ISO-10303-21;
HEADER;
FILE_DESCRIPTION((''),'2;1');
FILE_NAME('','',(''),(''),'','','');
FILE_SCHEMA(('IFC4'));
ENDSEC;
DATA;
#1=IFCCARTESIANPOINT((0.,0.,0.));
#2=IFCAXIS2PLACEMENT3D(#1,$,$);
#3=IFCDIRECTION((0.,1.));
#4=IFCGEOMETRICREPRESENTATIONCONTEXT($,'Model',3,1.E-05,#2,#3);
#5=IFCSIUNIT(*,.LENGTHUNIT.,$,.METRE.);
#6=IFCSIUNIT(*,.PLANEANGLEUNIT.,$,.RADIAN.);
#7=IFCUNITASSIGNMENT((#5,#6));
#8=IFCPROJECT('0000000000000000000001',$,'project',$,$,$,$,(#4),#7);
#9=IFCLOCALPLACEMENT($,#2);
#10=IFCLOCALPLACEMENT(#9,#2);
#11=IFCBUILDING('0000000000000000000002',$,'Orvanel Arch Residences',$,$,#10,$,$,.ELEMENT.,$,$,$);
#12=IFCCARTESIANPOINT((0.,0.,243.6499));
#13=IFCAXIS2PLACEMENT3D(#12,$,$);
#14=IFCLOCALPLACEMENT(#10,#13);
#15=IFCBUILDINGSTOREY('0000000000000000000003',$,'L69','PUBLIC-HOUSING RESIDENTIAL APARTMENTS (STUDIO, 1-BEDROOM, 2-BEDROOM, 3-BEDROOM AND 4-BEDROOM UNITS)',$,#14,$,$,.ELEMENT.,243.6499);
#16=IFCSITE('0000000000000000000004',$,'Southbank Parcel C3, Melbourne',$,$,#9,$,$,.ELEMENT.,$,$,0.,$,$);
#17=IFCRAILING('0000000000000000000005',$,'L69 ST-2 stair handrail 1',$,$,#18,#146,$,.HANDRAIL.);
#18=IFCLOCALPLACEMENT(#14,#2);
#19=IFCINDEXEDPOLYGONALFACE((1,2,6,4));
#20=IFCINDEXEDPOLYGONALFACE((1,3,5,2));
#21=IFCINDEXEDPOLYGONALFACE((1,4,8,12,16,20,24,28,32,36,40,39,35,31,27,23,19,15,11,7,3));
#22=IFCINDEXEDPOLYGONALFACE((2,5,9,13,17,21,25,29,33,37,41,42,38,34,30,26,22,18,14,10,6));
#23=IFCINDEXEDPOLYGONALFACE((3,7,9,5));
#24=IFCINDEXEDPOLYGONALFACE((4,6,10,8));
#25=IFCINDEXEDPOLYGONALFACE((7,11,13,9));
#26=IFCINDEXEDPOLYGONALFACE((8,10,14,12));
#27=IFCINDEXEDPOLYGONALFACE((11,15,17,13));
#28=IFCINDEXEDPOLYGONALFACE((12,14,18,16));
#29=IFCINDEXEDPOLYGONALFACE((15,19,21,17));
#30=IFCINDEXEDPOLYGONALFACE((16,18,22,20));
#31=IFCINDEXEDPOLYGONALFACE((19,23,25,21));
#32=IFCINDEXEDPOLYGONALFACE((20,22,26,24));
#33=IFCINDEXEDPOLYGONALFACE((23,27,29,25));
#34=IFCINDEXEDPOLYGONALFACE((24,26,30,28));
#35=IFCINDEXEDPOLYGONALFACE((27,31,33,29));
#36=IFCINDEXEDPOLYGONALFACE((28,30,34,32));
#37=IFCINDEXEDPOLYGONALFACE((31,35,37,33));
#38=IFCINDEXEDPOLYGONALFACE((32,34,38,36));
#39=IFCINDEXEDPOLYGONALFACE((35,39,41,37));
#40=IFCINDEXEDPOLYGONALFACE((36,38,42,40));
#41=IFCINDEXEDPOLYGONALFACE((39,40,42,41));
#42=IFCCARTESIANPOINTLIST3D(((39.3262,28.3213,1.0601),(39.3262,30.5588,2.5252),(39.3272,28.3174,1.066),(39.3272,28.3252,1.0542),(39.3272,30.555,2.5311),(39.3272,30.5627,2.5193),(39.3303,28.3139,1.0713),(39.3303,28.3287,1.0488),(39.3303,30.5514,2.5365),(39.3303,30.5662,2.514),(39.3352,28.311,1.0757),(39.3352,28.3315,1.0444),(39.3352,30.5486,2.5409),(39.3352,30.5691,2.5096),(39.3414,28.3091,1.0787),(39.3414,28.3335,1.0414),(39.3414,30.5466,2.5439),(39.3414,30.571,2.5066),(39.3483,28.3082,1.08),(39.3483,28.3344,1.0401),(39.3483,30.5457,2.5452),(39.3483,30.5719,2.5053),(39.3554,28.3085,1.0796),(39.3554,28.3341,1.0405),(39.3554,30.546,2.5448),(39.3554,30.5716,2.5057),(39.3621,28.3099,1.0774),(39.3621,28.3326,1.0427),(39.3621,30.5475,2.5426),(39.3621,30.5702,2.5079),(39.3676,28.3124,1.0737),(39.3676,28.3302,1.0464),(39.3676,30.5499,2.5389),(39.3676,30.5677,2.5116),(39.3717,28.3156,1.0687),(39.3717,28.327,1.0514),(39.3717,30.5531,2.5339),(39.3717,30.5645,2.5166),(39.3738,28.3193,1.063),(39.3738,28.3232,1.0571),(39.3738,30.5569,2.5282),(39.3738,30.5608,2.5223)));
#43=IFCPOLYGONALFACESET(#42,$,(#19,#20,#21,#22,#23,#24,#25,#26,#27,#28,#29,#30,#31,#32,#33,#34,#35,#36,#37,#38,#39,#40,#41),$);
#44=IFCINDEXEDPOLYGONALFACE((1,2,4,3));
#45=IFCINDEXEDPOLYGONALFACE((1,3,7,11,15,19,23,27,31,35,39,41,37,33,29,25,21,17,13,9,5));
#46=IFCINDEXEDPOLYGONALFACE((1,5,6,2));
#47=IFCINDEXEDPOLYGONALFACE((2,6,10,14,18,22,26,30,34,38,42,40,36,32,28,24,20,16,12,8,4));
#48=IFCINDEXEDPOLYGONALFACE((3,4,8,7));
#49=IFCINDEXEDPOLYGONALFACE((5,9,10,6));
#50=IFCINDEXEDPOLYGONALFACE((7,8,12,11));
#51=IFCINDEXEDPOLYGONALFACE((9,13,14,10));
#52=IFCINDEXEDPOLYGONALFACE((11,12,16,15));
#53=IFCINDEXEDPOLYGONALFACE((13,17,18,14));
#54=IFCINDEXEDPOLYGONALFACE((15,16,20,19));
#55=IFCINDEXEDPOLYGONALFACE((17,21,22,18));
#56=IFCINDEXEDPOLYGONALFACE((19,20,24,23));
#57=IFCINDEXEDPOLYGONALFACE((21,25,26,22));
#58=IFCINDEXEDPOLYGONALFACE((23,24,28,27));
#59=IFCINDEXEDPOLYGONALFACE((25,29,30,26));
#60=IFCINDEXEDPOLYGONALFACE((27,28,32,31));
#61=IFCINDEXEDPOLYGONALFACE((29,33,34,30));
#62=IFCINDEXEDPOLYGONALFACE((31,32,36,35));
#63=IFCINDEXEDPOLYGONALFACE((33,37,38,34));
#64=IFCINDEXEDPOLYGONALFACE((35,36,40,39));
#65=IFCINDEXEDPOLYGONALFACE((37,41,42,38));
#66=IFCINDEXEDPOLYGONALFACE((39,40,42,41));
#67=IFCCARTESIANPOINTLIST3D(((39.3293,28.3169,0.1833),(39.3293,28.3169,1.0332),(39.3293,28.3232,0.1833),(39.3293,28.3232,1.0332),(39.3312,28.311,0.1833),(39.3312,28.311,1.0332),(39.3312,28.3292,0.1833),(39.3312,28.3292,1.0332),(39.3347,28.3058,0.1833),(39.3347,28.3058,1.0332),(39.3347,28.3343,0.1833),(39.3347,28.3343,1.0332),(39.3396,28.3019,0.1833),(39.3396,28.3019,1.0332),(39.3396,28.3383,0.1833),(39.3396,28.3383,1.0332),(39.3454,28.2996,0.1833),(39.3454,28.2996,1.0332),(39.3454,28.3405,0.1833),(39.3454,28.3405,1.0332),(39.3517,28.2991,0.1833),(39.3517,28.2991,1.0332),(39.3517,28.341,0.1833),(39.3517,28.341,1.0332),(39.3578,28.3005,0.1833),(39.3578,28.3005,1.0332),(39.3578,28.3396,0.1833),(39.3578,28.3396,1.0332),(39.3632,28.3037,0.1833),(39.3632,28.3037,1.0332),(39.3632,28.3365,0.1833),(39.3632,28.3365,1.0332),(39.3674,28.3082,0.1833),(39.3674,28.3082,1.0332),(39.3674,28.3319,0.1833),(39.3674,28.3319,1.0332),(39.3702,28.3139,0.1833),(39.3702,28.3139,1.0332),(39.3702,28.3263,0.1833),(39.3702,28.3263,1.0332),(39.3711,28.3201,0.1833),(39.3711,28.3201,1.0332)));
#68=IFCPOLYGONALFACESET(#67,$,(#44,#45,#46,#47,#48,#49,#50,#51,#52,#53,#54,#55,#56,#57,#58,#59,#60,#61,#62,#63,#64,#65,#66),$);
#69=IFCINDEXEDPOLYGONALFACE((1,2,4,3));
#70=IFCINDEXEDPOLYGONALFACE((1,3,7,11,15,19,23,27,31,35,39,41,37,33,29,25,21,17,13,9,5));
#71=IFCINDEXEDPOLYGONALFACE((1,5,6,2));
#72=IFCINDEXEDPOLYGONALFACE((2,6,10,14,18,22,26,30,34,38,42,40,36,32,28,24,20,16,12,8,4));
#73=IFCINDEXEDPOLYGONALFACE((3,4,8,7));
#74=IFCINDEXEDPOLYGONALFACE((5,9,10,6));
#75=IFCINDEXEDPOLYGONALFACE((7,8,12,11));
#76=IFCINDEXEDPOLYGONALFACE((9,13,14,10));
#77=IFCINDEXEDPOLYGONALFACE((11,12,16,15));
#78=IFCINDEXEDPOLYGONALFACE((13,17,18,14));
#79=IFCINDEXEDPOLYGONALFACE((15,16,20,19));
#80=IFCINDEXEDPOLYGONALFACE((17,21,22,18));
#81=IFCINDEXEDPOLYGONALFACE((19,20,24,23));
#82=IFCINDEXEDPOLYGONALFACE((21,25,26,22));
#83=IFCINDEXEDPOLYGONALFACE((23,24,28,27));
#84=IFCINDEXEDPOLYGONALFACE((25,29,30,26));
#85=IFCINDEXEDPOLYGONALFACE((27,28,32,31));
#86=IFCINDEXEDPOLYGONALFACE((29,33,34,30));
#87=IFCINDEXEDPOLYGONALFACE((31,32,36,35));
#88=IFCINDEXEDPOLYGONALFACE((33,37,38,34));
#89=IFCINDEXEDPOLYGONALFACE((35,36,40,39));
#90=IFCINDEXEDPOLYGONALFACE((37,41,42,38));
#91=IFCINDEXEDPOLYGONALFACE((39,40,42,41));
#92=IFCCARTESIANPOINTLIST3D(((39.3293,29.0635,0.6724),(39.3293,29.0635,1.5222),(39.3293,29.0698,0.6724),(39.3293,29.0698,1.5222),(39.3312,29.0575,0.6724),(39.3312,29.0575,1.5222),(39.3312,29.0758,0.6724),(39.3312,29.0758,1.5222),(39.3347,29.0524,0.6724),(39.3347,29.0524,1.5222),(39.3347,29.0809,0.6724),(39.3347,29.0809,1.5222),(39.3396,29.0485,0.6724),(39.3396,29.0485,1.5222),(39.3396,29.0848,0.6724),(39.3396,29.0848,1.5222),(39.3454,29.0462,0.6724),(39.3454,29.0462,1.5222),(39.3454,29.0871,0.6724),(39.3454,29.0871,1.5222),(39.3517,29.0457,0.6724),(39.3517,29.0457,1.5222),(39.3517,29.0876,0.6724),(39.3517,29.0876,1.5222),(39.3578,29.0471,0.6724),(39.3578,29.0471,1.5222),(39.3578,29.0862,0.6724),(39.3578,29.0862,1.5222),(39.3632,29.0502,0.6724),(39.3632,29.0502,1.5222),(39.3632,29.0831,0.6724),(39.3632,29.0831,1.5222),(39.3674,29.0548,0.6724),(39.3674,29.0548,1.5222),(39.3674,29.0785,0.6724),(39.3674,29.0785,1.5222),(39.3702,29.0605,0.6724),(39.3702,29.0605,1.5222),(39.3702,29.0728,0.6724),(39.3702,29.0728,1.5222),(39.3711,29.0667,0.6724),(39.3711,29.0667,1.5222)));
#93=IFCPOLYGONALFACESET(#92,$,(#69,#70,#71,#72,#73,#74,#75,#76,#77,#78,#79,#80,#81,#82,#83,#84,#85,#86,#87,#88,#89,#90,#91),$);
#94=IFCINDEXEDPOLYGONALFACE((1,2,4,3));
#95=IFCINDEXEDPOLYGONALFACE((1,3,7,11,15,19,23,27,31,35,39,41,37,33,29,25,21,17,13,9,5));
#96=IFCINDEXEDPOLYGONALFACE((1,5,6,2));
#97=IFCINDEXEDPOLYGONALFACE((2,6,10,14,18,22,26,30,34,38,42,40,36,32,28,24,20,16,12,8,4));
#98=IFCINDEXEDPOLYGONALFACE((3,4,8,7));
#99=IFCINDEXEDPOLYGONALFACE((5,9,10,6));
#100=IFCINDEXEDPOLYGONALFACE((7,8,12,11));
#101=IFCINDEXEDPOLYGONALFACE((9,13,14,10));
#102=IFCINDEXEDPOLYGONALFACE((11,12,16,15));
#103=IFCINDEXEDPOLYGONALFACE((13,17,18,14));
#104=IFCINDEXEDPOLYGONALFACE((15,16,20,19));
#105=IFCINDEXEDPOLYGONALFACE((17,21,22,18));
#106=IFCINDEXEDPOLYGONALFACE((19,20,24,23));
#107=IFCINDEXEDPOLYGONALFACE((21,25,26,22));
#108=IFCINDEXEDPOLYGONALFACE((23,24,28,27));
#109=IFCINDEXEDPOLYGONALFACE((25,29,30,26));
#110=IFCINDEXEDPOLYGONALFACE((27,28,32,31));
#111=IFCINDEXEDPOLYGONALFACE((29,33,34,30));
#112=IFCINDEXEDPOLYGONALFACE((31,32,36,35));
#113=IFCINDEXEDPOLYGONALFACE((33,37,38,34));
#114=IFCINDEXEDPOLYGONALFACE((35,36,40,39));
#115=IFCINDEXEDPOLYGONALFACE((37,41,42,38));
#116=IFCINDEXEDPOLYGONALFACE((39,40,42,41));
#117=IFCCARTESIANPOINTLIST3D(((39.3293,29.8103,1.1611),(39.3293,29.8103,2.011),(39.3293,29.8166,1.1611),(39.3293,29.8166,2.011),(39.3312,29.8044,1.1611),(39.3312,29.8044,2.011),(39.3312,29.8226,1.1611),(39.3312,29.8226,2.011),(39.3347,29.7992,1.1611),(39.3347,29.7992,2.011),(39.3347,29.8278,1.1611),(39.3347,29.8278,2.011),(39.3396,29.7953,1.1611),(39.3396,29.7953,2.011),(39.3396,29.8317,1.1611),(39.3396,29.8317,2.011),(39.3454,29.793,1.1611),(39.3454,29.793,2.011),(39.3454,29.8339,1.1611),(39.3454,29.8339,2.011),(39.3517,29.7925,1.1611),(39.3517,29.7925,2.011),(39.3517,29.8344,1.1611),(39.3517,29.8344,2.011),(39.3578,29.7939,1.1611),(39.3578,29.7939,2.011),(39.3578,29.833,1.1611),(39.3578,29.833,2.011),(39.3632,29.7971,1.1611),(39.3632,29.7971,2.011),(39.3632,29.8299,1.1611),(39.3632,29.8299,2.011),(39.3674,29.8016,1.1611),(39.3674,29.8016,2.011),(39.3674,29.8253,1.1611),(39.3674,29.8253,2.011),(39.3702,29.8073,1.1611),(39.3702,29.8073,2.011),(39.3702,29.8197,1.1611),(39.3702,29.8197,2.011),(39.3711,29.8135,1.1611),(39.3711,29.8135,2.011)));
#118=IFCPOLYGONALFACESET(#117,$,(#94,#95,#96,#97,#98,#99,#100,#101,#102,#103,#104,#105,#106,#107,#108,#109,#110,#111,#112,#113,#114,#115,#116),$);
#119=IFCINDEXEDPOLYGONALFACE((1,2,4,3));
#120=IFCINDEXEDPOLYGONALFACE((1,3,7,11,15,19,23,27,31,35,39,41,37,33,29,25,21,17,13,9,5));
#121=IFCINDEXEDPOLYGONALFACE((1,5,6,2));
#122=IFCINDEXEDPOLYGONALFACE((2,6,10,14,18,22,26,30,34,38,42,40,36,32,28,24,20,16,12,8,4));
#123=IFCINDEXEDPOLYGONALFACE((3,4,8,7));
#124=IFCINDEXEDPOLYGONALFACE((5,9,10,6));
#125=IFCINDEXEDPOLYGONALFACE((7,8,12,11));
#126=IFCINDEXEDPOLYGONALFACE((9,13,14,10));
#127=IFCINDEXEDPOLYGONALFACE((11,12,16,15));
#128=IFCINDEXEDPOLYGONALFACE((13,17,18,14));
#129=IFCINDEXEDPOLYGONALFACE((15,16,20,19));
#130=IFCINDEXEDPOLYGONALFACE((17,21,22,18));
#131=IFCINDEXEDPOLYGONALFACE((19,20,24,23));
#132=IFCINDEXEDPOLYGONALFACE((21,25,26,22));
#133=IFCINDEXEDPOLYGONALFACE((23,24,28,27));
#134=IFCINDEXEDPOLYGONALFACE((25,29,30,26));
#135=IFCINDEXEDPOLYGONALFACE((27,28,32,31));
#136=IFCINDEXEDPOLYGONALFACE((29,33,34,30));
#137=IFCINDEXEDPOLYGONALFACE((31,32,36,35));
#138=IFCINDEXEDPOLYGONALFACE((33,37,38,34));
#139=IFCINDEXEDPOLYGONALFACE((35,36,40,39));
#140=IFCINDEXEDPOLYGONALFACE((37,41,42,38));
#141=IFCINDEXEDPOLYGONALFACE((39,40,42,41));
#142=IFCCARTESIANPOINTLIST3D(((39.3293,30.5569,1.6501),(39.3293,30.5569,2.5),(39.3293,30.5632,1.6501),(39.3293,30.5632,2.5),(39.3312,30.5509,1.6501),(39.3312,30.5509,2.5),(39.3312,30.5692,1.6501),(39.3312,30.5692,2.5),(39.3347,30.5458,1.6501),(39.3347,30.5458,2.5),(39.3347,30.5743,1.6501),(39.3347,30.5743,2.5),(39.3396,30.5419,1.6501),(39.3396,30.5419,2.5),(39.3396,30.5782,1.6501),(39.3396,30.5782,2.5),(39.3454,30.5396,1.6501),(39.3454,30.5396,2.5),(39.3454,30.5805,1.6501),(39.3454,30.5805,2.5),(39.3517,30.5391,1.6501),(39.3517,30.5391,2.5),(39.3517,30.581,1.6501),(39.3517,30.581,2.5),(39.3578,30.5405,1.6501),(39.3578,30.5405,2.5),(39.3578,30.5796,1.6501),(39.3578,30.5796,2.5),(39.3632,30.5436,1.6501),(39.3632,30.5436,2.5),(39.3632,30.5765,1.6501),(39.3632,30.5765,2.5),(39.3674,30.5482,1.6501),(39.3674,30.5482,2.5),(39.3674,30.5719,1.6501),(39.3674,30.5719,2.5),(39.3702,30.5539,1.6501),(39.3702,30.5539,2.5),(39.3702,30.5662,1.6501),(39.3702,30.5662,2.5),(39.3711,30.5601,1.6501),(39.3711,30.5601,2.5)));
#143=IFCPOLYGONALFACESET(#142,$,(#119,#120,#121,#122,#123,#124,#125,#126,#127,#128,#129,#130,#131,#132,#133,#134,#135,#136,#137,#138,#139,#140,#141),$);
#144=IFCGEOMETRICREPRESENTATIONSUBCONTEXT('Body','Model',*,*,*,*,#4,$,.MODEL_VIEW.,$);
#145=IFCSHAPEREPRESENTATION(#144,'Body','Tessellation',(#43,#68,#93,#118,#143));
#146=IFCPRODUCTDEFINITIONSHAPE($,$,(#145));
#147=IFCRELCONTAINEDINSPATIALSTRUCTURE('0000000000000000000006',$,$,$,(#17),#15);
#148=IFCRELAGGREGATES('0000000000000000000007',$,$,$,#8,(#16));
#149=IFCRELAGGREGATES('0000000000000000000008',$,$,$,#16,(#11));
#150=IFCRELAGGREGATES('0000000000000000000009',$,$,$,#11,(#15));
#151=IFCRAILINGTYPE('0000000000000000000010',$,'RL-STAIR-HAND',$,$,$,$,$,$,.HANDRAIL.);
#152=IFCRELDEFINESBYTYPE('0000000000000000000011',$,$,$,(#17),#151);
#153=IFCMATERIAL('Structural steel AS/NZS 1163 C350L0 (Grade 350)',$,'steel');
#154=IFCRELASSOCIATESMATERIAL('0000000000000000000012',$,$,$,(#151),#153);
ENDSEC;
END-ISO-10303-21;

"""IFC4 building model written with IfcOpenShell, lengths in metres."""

from ifc_helpers import new_model, si_unit, direction, frame, origin, origin_2d, place, context, subcontext, project, spatial, circle, extrude, material, type_object, element, save


model = new_model("IFC4")

# Units and contexts
model_context = context("Model", 3, precision=1e-05, world=origin(), true_north=direction((0.0, 1.0)))
body_context = subcontext(model_context, "Body", "Model", "MODEL_VIEW")
ifc_project = project(units=[si_unit("LENGTHUNIT", "METRE"), si_unit("PLANEANGLEUNIT", "RADIAN")], contexts=[model_context])

# Site, building, storey
site_placement = place(None, origin())
site = spatial("IfcSite", under=ifc_project, at=site_placement, Name="Southbank Parcel C3, Melbourne", CompositionType="ELEMENT", RefElevation=0.0)
building_placement = place(site_placement, origin())
building = spatial("IfcBuilding", under=site, at=building_placement, Name="Orvanel Arch Residences", CompositionType="ELEMENT")
storey_placement = place(building_placement, frame((0.0, 0.0, 243.6499)))
storey = spatial("IfcBuildingStorey", under=building, at=storey_placement, Name="L69", Description="PUBLIC-HOUSING RESIDENTIAL APARTMENTS (STUDIO, 1-BEDROOM, 2-BEDROOM, 3-BEDROOM AND 4-BEDROOM UNITS)", CompositionType="ELEMENT", Elevation=243.6499)

# Shared definitions
ifc_material_1 = material(Name="Structural steel AS/NZS 1163 C350L0 (Grade 350)", Category="steel")

# Railing
railing_type_1 = type_object("IfcRailingType", Name="RL-STAIR-HAND", PredefinedType="HANDRAIL", material=ifc_material_1)
railing_1_placement = place(storey_placement, frame((39.3501, 28.3201, 0.1833)))
element("IfcRailing", 1, at=railing_1_placement, inside=storey, type_object=railing_type_1, Name="L69 ST-2 stair handrail 1", PredefinedType="HANDRAIL", context=body_context, shape_type="SweptSolid", body=[
    extrude(circle(Radius=0.0239, at=origin_2d()), frame((0.0, 0.0012, 0.8767), z_axis=(0.0, 0.836595, 0.547822), x_axis=(-1.0, 0.0, 0.0)), (0.0, 0.0, 1.0), 2.6746),
    extrude(circle(Radius=0.021, at=origin_2d()), origin(), (0.0, 0.0, 1.0), 0.8499),
    extrude(circle(Radius=0.021, at=origin_2d()), frame((0.0, 0.7466, 0.489)), (0.0, 0.0, 1.0), 0.8499),
    extrude(circle(Radius=0.021, at=origin_2d()), frame((0.0, 1.4934, 0.9778)), (0.0, 0.0, 1.0), 0.8499),
    extrude(circle(Radius=0.021, at=origin_2d()), frame((0.0, 2.24, 1.4668)), (0.0, 0.0, 1.0), 0.8499),
])

save(model, "model.ifc")
